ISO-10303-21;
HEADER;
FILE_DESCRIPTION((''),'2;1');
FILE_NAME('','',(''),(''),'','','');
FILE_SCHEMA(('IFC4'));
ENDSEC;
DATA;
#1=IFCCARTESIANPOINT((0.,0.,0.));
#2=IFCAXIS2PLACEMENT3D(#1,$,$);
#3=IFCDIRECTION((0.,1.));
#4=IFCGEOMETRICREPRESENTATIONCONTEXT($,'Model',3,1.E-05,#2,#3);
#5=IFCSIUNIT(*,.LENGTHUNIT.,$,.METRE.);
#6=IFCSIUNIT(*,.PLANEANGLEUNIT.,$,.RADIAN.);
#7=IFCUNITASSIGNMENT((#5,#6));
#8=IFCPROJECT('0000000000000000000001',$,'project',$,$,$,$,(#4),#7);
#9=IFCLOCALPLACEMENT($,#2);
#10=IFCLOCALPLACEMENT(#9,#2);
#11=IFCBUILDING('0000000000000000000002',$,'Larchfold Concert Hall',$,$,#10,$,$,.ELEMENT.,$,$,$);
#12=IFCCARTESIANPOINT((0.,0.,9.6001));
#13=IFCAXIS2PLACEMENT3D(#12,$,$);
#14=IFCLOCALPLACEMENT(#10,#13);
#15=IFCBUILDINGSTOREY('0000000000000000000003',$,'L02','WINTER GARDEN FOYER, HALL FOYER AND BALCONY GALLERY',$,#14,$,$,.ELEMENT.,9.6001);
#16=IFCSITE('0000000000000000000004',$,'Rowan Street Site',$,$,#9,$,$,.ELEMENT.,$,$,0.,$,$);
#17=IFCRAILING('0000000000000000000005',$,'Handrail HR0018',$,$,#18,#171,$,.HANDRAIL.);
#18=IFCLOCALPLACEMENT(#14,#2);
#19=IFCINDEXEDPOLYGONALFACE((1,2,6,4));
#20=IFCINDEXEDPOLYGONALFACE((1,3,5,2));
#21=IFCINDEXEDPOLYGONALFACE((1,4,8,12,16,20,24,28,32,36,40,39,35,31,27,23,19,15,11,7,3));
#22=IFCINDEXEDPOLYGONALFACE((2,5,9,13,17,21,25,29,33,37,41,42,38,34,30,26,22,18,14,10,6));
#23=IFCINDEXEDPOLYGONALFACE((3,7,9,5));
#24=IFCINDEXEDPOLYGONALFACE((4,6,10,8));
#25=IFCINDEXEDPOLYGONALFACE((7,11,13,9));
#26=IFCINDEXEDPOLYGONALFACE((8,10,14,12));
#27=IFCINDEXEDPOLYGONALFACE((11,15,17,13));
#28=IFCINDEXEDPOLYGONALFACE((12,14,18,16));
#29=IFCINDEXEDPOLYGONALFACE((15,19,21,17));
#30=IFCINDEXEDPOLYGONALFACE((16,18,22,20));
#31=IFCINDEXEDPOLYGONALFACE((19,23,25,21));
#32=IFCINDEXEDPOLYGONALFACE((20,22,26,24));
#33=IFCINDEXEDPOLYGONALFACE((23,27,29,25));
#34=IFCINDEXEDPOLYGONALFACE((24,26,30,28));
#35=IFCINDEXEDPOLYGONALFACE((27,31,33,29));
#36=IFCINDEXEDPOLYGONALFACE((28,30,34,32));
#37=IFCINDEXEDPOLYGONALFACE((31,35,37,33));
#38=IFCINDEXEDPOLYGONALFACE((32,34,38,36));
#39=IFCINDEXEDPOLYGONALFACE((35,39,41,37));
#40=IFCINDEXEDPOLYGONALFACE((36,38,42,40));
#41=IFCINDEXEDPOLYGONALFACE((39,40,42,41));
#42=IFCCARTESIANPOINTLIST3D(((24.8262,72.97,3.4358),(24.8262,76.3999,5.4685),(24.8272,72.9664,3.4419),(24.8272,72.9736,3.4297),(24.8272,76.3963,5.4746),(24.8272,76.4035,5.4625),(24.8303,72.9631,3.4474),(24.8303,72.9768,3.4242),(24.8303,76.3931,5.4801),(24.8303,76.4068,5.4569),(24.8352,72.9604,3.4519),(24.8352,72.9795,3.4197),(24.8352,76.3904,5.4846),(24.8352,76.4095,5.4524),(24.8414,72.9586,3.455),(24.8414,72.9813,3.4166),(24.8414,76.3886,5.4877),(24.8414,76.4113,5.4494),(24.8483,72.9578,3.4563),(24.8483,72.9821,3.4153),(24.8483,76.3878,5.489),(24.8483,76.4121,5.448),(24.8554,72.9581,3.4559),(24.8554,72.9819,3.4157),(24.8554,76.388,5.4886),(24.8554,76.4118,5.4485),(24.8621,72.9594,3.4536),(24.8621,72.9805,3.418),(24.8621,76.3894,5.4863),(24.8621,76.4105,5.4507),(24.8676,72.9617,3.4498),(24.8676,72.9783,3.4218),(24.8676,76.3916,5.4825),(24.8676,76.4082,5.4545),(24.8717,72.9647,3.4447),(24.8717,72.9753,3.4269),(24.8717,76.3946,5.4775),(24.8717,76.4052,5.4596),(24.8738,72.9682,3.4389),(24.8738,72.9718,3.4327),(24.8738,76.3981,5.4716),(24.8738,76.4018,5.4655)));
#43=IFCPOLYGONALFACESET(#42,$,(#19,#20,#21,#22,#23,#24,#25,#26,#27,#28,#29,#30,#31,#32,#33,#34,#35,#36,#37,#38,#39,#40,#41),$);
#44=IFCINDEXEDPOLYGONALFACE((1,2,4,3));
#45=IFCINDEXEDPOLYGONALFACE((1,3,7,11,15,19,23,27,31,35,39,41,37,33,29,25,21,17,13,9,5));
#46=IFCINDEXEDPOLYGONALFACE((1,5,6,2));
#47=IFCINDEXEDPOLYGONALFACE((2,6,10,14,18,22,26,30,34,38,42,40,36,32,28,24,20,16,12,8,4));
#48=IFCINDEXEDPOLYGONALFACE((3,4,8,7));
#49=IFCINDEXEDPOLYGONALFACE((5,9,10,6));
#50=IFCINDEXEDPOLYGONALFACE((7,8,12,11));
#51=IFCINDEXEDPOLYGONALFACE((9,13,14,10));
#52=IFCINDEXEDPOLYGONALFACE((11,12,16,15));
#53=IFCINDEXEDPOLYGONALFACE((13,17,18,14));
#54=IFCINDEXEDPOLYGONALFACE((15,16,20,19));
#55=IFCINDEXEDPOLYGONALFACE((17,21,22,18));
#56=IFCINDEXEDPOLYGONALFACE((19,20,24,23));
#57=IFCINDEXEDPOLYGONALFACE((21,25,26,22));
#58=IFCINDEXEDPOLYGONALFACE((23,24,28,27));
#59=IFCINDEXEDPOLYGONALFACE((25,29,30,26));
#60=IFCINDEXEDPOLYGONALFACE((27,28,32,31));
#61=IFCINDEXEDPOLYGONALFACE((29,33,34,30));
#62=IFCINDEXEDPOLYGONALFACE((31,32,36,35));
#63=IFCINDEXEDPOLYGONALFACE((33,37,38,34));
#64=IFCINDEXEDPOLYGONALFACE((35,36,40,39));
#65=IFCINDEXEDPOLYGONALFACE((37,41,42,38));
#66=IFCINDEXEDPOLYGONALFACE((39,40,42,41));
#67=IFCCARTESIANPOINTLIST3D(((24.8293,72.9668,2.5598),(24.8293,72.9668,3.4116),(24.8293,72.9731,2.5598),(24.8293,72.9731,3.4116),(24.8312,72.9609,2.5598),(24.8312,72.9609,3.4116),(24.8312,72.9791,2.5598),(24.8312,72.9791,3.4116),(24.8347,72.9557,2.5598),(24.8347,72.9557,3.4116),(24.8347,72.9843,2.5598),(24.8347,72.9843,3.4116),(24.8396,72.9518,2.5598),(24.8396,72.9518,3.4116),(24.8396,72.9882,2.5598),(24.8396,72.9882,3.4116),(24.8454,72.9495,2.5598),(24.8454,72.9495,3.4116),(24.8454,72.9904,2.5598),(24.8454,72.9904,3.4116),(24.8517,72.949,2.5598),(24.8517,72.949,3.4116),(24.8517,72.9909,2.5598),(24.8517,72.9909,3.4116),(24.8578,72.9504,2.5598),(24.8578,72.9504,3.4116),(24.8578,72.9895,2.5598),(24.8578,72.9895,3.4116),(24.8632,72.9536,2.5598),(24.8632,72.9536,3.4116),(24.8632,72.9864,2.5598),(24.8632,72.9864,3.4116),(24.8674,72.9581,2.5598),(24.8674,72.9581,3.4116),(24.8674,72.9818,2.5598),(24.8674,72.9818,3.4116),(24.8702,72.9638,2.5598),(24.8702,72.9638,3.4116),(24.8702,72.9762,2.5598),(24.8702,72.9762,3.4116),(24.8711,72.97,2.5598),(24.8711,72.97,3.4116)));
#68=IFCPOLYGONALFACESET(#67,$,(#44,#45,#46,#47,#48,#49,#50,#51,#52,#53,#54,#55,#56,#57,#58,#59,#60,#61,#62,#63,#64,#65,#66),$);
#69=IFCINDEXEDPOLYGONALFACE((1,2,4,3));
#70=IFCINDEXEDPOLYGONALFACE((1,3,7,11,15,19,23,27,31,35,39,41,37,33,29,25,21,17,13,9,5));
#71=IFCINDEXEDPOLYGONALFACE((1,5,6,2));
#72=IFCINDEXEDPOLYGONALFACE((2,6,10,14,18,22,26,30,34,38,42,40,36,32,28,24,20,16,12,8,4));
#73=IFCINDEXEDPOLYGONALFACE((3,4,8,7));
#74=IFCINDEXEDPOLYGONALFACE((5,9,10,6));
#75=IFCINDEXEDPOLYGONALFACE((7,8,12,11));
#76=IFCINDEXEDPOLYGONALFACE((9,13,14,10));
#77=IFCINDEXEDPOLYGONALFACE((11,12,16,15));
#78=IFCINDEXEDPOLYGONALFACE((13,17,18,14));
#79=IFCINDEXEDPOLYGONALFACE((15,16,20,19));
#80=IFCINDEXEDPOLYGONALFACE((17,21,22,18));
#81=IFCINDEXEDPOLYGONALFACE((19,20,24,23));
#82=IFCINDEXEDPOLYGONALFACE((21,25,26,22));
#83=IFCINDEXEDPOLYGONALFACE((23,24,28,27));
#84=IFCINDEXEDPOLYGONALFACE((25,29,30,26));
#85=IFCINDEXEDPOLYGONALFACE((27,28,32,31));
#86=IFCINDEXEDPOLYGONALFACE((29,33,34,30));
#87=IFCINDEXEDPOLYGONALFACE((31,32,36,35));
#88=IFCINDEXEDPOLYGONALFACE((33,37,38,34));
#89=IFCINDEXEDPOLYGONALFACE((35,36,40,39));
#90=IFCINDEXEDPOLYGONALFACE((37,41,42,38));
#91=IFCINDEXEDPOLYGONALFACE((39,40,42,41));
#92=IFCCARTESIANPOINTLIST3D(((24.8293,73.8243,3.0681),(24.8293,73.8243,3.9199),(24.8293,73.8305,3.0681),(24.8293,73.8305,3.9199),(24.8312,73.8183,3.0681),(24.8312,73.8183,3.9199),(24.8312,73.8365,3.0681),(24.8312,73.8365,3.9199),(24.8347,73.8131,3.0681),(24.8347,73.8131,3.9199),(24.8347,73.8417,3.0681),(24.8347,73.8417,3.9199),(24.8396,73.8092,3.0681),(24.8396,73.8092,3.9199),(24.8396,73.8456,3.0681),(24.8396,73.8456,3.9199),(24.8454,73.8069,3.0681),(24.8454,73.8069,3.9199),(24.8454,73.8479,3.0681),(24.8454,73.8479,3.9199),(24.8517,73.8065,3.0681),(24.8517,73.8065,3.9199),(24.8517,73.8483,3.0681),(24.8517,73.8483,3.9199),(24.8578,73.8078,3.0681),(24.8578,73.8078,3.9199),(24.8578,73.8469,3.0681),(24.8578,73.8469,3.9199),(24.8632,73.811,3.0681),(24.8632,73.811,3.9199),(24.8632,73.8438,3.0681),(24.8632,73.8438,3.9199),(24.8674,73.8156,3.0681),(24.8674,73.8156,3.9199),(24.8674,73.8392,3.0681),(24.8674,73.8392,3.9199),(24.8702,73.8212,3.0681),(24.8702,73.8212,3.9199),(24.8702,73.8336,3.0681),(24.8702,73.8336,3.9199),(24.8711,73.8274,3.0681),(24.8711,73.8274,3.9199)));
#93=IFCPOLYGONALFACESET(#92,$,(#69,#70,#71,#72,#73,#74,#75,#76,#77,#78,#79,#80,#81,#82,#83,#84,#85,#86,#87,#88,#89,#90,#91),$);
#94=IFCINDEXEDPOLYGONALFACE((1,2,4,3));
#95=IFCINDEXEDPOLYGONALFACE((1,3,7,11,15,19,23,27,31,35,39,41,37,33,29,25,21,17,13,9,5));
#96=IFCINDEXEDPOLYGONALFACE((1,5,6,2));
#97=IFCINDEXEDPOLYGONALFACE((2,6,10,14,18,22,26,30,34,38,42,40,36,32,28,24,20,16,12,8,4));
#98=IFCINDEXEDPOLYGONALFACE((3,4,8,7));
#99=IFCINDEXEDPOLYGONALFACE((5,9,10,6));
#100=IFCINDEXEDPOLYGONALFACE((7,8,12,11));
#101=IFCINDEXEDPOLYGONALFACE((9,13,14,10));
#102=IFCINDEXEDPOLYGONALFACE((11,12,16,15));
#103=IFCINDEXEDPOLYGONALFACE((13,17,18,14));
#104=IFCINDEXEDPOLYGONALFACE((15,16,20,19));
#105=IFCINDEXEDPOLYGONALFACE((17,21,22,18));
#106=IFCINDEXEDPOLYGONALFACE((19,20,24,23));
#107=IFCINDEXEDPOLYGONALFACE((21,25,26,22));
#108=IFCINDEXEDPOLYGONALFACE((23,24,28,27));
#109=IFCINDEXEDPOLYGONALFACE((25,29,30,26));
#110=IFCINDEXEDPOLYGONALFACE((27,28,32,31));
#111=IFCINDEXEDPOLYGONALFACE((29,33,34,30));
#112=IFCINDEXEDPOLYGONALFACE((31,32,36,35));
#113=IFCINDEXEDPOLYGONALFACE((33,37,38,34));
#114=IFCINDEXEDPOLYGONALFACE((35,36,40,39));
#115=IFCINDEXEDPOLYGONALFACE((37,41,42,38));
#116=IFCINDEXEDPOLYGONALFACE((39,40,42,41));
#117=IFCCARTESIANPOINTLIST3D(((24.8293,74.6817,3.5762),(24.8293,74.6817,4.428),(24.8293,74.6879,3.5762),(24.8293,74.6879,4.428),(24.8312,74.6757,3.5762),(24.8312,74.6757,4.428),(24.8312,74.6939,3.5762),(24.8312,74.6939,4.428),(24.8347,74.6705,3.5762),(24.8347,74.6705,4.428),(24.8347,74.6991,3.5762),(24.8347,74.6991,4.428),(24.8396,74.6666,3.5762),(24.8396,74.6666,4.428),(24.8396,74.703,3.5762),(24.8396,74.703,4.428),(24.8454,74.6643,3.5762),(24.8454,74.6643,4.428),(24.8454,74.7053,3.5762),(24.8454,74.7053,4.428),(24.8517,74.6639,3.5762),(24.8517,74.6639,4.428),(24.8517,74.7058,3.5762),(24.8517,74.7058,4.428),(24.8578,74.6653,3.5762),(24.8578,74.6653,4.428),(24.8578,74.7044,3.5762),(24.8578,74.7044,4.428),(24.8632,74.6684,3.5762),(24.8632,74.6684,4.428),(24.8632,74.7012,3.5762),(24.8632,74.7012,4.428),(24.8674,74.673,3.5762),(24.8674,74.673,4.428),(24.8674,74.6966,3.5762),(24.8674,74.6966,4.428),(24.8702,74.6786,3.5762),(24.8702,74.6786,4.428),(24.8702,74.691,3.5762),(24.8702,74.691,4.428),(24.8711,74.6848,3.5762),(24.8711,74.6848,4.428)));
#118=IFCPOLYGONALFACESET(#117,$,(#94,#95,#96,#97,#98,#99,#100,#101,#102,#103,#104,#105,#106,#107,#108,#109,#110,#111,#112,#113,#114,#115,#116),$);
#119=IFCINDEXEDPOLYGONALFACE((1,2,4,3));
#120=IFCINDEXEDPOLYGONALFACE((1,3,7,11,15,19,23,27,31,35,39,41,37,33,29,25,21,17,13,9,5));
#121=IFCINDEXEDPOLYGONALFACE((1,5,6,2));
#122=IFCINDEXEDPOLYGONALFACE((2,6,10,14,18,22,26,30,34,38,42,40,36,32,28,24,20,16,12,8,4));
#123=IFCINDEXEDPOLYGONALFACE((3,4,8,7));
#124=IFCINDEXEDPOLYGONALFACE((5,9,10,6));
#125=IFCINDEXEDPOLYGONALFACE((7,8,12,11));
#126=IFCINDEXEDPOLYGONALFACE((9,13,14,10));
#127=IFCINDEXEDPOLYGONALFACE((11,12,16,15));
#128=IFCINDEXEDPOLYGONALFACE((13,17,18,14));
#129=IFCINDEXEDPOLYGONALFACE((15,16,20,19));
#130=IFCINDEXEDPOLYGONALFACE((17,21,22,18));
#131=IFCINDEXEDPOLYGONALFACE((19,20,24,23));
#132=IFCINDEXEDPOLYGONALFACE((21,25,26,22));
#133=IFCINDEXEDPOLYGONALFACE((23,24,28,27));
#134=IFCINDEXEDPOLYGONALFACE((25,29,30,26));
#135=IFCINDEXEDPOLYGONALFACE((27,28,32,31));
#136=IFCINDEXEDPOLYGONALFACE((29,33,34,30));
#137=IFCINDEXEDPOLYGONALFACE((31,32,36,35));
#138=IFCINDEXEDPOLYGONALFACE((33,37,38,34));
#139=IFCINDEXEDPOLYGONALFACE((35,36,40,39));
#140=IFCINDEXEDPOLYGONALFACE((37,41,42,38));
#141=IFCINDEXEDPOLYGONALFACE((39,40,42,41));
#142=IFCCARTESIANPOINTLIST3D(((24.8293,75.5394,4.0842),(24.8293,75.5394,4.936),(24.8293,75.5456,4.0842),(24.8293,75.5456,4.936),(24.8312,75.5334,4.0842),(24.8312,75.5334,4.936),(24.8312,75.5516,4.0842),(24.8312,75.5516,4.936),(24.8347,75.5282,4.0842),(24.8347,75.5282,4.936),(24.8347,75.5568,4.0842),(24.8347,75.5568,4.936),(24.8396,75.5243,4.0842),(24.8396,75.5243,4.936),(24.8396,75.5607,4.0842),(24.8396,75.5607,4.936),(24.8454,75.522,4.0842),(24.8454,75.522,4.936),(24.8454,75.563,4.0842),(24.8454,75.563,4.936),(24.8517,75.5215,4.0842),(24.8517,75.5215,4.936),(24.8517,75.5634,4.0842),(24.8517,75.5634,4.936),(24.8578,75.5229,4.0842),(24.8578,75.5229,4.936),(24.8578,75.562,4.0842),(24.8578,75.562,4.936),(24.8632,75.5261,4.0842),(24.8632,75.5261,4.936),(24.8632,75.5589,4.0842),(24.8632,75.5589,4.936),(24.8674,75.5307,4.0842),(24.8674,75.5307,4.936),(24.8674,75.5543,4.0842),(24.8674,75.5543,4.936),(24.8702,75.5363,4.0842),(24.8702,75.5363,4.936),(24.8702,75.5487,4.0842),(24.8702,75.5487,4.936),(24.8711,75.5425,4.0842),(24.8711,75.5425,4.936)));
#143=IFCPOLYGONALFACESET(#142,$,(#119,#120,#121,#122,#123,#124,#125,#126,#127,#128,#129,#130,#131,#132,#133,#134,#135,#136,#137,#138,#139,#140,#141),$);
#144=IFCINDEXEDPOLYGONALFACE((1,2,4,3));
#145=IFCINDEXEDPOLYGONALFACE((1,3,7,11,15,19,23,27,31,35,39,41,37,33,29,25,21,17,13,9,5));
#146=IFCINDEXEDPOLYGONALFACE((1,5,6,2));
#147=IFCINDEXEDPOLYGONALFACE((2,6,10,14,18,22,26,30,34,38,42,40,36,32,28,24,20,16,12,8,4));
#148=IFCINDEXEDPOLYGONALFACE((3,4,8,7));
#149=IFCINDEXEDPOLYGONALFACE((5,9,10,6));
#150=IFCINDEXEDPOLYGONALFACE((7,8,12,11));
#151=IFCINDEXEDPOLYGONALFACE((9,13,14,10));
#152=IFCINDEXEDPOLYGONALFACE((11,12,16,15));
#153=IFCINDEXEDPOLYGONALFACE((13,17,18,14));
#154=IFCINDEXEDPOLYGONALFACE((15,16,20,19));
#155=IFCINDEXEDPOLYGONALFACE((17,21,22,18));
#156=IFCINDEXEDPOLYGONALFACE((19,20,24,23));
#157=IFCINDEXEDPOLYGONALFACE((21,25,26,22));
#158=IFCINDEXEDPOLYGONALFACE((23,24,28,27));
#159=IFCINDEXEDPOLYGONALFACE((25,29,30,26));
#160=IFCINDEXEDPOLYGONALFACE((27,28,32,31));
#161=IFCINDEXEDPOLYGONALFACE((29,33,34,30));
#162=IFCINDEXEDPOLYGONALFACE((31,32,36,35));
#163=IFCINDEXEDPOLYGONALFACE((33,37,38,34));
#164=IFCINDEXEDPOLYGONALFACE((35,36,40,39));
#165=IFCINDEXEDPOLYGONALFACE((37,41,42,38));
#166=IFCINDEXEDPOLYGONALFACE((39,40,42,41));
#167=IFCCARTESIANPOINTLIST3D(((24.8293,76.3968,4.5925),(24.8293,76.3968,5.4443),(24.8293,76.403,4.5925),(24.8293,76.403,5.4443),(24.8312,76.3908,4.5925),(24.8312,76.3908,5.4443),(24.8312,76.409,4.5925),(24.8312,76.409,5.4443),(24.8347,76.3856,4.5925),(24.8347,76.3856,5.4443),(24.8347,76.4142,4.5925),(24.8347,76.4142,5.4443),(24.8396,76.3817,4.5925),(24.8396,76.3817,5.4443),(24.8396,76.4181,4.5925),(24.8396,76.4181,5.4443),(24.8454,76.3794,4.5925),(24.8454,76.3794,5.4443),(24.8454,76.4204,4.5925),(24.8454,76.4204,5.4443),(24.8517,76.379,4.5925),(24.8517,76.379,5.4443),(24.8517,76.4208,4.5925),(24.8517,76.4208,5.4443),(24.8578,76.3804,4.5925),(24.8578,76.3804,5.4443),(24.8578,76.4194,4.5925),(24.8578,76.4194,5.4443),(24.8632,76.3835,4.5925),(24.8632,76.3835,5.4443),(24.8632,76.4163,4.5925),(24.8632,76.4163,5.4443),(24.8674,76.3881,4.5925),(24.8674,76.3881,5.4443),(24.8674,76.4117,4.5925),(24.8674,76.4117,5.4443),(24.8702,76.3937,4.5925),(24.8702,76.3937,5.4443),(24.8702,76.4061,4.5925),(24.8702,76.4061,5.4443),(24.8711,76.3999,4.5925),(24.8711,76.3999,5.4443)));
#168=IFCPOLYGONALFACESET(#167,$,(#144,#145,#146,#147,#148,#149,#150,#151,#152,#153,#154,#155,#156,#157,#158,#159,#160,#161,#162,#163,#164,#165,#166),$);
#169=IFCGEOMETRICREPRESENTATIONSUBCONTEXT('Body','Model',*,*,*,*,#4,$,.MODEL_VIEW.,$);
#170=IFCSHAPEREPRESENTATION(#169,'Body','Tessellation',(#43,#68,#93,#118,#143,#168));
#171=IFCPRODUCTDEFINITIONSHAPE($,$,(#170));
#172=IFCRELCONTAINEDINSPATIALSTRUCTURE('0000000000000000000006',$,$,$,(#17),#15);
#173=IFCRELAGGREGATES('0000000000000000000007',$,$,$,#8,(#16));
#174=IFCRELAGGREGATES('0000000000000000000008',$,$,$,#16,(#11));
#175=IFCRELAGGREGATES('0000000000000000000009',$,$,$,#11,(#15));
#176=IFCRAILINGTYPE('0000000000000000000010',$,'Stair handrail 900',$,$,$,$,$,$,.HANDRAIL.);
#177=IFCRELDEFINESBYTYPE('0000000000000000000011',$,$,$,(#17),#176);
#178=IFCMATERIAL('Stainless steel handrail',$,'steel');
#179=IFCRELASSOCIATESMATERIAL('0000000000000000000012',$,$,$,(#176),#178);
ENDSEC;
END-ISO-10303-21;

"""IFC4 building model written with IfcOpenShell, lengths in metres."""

from ifc_helpers import new_model, si_unit, direction, frame, origin, origin_2d, place, context, subcontext, project, spatial, circle, extrude, material, type_object, element, save


model = new_model("IFC4")

# Units and contexts
model_context = context("Model", 3, precision=1e-05, world=origin(), true_north=direction((0.0, 1.0)))
body_context = subcontext(model_context, "Body", "Model", "MODEL_VIEW")
ifc_project = project(units=[si_unit("LENGTHUNIT", "METRE"), si_unit("PLANEANGLEUNIT", "RADIAN")], contexts=[model_context])

# Site, building, storey
site_placement = place(None, origin())
site = spatial("IfcSite", under=ifc_project, at=site_placement, Name="Rowan Street Site", CompositionType="ELEMENT", RefElevation=0.0)
building_placement = place(site_placement, origin())
building = spatial("IfcBuilding", under=site, at=building_placement, Name="Larchfold Concert Hall", CompositionType="ELEMENT")
storey_placement = place(building_placement, frame((0.0, 0.0, 9.6001)))
storey = spatial("IfcBuildingStorey", under=building, at=storey_placement, Name="L02", Description="WINTER GARDEN FOYER, HALL FOYER AND BALCONY GALLERY", CompositionType="ELEMENT", Elevation=9.6001)

# Railing
ifc_material_1 = material(Name="Stainless steel handrail", Category="steel")
railing_type_1 = type_object("IfcRailingType", Name="Stair handrail 900", PredefinedType="HANDRAIL", material=ifc_material_1)
railing_1_placement = place(storey_placement, frame((24.8501, 72.97, 2.5598)))
element("IfcRailing", 1, at=railing_1_placement, inside=storey, type_object=railing_type_1, Name="Handrail HR0018", PredefinedType="HANDRAIL", context=body_context, shape_type="SweptSolid", body=[
    extrude(circle(Radius=0.0239, at=origin_2d()), frame((0.0, 0.0, 0.876), z_axis=(0.0, 0.860274, 0.509833), x_axis=(-1.0, 0.0, 0.0)), (0.0, 0.0, 1.0), 3.9871),
    extrude(circle(Radius=0.021, at=origin_2d()), origin(), (0.0, 0.0, 1.0), 0.8518),
    extrude(circle(Radius=0.021, at=origin_2d()), frame((0.0, 0.8574, 0.5083)), (0.0, 0.0, 1.0), 0.8518),
    extrude(circle(Radius=0.021, at=origin_2d()), frame((0.0, 1.7148, 1.0164)), (0.0, 0.0, 1.0), 0.8518),
    extrude(circle(Radius=0.021, at=origin_2d()), frame((0.0, 2.5725, 1.5244)), (0.0, 0.0, 1.0), 0.8518),
    extrude(circle(Radius=0.021, at=origin_2d()), frame((0.0, 3.4299, 2.0327)), (0.0, 0.0, 1.0), 0.8518),
])

save(model, "model.ifc")
